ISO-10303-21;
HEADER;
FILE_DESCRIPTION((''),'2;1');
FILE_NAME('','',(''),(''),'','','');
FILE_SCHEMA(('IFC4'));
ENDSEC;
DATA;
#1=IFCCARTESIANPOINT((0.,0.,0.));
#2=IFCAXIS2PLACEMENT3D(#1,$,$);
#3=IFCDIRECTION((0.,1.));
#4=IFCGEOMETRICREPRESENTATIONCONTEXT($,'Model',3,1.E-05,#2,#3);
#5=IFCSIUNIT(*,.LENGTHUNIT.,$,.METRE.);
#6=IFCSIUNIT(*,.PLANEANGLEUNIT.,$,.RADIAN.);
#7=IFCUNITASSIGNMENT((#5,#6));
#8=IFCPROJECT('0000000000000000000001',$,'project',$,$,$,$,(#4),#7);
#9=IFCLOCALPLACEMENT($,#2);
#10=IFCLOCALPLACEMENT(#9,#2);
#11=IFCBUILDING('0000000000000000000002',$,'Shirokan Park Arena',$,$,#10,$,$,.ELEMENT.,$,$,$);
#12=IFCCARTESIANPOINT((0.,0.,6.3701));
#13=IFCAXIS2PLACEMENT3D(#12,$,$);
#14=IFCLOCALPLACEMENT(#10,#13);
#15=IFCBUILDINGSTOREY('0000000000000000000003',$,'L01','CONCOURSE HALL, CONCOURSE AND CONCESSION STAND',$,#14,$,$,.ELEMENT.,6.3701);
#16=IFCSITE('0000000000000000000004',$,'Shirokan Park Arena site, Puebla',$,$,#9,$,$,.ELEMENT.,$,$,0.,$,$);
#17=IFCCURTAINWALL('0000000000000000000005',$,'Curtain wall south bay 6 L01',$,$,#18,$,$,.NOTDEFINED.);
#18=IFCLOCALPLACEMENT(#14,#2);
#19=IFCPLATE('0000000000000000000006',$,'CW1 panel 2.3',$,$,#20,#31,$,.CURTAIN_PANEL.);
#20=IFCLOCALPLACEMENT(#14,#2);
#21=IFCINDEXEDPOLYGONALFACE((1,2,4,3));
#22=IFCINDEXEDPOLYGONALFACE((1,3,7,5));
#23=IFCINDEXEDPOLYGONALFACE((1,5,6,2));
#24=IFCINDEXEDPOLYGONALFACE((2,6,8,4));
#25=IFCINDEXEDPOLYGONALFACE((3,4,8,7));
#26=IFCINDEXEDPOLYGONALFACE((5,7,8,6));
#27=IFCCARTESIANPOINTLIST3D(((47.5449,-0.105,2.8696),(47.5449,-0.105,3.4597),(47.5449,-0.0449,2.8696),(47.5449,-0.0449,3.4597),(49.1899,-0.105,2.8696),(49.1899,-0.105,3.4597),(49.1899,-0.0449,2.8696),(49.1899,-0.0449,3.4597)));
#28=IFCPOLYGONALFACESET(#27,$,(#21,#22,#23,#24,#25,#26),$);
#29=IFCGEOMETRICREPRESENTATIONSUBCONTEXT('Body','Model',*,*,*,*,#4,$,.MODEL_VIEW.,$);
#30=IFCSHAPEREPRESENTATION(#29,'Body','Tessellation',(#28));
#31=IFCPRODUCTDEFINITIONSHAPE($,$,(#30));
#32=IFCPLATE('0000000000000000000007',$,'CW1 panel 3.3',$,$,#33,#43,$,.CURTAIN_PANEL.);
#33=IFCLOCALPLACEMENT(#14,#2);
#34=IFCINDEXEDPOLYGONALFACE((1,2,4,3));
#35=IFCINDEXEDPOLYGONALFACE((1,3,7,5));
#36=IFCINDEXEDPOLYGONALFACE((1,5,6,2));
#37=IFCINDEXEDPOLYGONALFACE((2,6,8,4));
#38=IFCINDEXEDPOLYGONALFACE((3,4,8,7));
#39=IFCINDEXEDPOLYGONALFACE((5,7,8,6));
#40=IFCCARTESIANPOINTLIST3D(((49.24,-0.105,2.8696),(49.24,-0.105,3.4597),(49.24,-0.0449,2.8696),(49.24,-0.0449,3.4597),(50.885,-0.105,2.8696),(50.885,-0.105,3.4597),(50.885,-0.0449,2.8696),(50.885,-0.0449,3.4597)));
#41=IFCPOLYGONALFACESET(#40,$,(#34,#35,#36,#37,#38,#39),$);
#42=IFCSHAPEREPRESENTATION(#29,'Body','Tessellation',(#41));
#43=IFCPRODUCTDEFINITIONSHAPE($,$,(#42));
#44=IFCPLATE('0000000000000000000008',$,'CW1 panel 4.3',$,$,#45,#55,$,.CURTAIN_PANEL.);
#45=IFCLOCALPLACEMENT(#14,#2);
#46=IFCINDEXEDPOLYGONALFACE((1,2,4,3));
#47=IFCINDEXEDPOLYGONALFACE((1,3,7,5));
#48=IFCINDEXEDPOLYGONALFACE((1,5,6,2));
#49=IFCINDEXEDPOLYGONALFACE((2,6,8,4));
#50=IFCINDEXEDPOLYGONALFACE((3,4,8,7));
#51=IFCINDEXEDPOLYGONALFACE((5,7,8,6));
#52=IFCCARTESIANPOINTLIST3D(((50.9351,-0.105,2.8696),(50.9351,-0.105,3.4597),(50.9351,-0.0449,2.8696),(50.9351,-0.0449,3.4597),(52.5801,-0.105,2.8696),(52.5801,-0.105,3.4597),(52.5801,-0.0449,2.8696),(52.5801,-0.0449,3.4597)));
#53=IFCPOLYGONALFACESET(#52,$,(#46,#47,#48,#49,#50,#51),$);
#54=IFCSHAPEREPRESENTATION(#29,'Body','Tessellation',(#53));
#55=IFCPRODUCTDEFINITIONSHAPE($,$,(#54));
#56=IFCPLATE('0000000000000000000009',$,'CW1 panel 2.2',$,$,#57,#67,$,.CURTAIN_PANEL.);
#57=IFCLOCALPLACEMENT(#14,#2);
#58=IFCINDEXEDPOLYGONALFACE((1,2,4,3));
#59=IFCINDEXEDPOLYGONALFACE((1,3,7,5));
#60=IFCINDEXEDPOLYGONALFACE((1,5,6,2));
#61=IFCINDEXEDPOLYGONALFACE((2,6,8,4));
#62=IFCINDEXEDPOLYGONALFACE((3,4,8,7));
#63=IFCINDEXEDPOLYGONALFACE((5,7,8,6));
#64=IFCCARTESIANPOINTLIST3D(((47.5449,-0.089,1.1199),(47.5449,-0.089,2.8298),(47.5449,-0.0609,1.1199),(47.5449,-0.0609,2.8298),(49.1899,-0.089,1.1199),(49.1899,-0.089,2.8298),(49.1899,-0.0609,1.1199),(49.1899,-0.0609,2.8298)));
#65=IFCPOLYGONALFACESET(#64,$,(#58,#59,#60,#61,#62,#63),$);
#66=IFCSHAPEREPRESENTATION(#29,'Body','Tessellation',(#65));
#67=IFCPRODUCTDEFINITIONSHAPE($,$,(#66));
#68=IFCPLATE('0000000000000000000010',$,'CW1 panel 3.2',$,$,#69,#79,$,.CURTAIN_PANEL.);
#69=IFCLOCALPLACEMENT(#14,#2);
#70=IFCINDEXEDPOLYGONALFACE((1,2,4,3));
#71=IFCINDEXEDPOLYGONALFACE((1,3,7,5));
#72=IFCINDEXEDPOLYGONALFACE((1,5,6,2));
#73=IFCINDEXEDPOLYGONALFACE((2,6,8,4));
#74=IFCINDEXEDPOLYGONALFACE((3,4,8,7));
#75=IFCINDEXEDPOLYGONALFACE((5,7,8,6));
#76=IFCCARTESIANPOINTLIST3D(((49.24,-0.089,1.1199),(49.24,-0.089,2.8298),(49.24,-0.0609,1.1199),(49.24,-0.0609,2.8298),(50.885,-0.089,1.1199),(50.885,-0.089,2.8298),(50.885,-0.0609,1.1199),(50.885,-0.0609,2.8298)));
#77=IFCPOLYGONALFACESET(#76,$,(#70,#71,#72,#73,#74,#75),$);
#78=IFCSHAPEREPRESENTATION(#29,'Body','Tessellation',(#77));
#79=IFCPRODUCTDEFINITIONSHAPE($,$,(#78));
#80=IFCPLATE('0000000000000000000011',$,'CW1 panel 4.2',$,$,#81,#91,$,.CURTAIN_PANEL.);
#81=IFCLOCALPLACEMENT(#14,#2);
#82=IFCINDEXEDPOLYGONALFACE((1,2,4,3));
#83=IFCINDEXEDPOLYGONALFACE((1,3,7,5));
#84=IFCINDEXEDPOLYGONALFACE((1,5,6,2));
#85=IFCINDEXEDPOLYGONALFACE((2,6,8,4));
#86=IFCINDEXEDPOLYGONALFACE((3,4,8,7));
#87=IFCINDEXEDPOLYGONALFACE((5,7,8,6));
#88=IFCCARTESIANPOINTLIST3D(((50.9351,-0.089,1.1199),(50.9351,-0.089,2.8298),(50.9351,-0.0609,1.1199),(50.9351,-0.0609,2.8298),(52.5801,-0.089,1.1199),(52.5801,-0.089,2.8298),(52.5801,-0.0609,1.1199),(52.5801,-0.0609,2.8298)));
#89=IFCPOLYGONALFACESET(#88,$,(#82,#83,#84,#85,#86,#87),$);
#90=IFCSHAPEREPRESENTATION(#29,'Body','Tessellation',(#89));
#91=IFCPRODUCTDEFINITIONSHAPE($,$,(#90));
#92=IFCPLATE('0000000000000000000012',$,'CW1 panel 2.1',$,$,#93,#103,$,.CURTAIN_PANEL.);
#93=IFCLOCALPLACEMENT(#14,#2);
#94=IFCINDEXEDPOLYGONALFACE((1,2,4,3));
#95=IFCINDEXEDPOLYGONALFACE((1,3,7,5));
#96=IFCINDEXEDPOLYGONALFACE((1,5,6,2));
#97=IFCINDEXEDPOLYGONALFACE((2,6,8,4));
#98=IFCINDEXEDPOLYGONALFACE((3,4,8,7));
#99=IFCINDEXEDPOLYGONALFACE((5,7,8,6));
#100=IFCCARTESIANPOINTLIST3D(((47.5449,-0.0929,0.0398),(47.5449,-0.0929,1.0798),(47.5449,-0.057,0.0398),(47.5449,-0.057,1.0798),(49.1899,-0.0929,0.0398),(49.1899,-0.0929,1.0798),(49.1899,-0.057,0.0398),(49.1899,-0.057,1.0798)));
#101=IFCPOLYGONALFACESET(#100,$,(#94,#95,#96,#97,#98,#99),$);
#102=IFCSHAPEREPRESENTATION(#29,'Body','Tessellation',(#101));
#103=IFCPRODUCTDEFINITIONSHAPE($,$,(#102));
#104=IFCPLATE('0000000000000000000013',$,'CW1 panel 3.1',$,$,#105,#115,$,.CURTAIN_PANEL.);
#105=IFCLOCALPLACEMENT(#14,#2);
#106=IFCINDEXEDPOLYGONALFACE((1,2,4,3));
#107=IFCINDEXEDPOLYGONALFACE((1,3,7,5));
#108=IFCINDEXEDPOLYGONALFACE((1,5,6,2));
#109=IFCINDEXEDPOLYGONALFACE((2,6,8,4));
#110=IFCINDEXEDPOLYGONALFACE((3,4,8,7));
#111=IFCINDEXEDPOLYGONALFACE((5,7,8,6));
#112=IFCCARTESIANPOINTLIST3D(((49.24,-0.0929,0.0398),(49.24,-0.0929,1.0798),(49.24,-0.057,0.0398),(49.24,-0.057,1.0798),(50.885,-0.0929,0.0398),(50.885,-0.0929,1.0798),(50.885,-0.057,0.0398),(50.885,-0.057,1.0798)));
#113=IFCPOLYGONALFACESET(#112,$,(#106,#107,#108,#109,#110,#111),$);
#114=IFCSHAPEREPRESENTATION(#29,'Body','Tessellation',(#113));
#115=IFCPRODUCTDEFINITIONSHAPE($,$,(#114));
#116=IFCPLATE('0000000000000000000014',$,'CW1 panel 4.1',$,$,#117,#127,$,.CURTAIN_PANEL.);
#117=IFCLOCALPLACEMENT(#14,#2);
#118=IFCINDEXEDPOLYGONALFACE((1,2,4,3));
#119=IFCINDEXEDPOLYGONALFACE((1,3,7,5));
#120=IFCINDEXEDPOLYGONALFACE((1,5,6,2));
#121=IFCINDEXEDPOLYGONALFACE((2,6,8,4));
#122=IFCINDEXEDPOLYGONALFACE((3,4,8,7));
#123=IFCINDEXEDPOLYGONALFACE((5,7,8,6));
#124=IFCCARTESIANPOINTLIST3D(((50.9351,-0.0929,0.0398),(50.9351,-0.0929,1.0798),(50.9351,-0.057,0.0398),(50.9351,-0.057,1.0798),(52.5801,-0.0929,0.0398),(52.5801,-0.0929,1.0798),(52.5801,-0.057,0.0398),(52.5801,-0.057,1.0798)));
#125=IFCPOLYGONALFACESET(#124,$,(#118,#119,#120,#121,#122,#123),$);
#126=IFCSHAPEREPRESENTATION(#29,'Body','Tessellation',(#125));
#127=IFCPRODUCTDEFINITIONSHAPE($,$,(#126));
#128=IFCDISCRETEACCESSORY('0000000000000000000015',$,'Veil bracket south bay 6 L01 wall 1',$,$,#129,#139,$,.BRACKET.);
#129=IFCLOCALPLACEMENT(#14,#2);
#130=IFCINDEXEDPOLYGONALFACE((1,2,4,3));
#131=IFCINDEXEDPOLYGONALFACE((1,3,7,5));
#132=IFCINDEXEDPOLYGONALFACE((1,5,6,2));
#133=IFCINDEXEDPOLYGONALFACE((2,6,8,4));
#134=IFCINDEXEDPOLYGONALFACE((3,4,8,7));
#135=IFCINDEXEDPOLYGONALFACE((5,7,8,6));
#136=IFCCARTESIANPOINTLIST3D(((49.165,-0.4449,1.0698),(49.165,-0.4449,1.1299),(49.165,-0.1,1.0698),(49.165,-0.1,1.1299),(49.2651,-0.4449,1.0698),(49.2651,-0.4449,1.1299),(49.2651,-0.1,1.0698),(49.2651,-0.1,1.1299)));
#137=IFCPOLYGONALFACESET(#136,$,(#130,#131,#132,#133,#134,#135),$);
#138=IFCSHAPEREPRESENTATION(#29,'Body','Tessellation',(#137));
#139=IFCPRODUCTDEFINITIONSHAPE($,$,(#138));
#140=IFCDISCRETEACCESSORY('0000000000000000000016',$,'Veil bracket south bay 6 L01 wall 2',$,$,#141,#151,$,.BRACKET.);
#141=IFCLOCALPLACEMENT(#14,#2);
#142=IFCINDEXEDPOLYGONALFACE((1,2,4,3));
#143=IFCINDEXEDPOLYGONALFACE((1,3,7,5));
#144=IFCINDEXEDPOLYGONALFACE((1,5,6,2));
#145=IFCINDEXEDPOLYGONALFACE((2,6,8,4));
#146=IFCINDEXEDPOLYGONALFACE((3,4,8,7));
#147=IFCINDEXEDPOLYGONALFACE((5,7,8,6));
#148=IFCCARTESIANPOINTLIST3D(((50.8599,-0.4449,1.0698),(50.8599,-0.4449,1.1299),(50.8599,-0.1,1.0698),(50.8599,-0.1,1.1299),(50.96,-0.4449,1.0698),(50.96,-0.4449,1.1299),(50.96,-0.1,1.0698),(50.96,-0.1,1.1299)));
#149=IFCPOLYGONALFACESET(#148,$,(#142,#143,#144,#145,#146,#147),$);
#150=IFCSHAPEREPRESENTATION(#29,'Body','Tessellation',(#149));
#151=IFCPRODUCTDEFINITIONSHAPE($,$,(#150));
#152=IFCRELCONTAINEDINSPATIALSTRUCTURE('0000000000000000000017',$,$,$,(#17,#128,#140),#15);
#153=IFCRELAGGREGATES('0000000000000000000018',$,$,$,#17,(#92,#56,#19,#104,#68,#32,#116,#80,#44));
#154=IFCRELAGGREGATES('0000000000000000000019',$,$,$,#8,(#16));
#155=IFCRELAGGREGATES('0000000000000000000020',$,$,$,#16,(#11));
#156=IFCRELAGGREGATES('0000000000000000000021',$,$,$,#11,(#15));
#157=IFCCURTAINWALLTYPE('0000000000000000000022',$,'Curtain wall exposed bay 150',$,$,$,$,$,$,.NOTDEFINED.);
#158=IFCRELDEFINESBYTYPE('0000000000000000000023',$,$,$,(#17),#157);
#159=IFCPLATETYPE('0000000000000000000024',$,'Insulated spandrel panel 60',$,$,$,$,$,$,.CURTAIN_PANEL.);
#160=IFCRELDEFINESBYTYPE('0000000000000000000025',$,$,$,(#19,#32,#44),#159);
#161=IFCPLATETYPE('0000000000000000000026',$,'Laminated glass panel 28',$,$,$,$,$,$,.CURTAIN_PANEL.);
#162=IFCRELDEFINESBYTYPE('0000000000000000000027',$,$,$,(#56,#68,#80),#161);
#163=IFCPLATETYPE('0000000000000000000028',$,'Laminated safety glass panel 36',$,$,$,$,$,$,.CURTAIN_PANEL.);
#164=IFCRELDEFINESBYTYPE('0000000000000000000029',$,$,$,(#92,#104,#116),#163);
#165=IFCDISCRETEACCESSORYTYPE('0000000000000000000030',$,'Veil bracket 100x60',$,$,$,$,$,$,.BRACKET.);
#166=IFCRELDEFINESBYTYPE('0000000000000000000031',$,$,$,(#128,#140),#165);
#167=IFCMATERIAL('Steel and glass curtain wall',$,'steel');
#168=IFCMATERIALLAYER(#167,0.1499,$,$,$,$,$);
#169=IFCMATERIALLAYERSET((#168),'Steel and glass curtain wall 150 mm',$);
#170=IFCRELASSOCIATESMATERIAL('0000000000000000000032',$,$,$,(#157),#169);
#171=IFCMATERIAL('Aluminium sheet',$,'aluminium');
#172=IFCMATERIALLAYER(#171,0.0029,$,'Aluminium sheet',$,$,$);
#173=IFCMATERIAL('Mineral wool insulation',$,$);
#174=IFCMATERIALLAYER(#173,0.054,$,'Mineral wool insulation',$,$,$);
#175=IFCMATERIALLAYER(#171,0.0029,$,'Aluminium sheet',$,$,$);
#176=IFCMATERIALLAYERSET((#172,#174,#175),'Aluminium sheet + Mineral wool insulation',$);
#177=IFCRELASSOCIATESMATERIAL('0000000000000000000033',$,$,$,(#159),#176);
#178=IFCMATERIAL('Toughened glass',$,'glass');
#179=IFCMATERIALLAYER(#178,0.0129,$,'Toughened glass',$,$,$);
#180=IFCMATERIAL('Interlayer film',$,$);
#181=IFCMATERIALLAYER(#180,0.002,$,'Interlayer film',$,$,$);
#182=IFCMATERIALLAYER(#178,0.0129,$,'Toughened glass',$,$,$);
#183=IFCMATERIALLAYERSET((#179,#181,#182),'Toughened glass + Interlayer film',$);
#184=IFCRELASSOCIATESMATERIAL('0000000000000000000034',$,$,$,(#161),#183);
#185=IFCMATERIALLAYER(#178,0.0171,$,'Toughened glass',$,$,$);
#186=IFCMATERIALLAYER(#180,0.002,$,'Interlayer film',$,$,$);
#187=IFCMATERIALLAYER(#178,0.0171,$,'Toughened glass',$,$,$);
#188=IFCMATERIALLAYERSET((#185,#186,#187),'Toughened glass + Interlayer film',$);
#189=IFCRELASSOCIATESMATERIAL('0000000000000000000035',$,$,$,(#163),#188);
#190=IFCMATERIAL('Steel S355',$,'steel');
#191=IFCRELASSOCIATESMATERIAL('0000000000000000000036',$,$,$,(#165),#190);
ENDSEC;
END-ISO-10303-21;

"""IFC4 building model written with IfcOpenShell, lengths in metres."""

from ifc_helpers import new_model, si_unit, direction, frame, origin, origin_2d, place, context, subcontext, project, spatial, rectangle, extrude, material, layer, layer_set, type_object, element, aggregate, save


model = new_model("IFC4")

# Units and contexts
model_context = context("Model", 3, precision=1e-05, world=origin(), true_north=direction((0.0, 1.0)))
body_context = subcontext(model_context, "Body", "Model", "MODEL_VIEW")
ifc_project = project(units=[si_unit("LENGTHUNIT", "METRE"), si_unit("PLANEANGLEUNIT", "RADIAN")], contexts=[model_context])

# Site, building, storey
site_placement = place(None, origin())
site = spatial("IfcSite", under=ifc_project, at=site_placement, Name="Shirokan Park Arena site, Puebla", CompositionType="ELEMENT", RefElevation=0.0)
building_placement = place(site_placement, origin())
building = spatial("IfcBuilding", under=site, at=building_placement, Name="Shirokan Park Arena", CompositionType="ELEMENT")
storey_placement = place(building_placement, frame((0.0, 0.0, 6.3701)))
storey = spatial("IfcBuildingStorey", under=building, at=storey_placement, Name="L01", Description="CONCOURSE HALL, CONCOURSE AND CONCESSION STAND", CompositionType="ELEMENT", Elevation=6.3701)

# Curtain wall, plates
ifc_material_1 = material(Name="Steel and glass curtain wall", Category="steel")
ifc_layer_1 = layer(ifc_material_1, 0.1499)
ifc_layer_set_1 = layer_set([ifc_layer_1], Name="Steel and glass curtain wall 150 mm")
curtain_wall_type = type_object("IfcCurtainWallType", Name="Curtain wall exposed bay 150", PredefinedType="NOTDEFINED", material=ifc_layer_set_1)
curtain_wall_placement = place(storey_placement, origin())
curtain_wall = element("IfcCurtainWall", 1, at=curtain_wall_placement, inside=storey, type_object=curtain_wall_type, Name="Curtain wall south bay 6 L01", PredefinedType="NOTDEFINED")
ifc_material_2 = material(Name="Steel S355", Category="steel")
ifc_material_3 = material(Name="Aluminium sheet", Category="aluminium")
ifc_layer_2 = layer(ifc_material_3, 0.0029, Name="Aluminium sheet")
ifc_material_4 = material(Name="Mineral wool insulation")
ifc_layer_3 = layer(ifc_material_4, 0.054, Name="Mineral wool insulation")
ifc_layer_4 = layer(ifc_material_3, 0.0029, Name="Aluminium sheet")
ifc_layer_set_2 = layer_set([ifc_layer_2, ifc_layer_3, ifc_layer_4], Name="Aluminium sheet + Mineral wool insulation")
plate_type_1 = type_object("IfcPlateType", Name="Insulated spandrel panel 60", PredefinedType="CURTAIN_PANEL", material=ifc_layer_set_2)
plate_1_placement = place(storey_placement, frame((48.3674, -0.075, 2.8696), z_axis=(0.0, 0.0, 1.0), x_axis=(1.0, 0.0, 0.0)))
plate_1 = element("IfcPlate", 2, at=plate_1_placement, type_object=plate_type_1, Name="CW1 panel 2.3", PredefinedType="CURTAIN_PANEL", context=body_context, shape_type="SweptSolid", body=[
    extrude(rectangle(XDim=1.645, YDim=0.0601, at=origin_2d()), origin(), (0.0, 0.0, 1.0), 0.5901),
])
plate_2_placement = place(storey_placement, frame((50.0625, -0.075, 2.8696), z_axis=(0.0, 0.0, 1.0), x_axis=(1.0, 0.0, 0.0)))
plate_2 = element("IfcPlate", 3, at=plate_2_placement, type_object=plate_type_1, Name="CW1 panel 3.3", PredefinedType="CURTAIN_PANEL", context=body_context, shape_type="SweptSolid", body=[
    extrude(rectangle(XDim=1.645, YDim=0.0601, at=origin_2d()), origin(), (0.0, 0.0, 1.0), 0.5901),
])
plate_3_placement = place(storey_placement, frame((51.7576, -0.075, 2.8696), z_axis=(0.0, 0.0, 1.0), x_axis=(1.0, 0.0, 0.0)))
plate_3 = element("IfcPlate", 4, at=plate_3_placement, type_object=plate_type_1, Name="CW1 panel 4.3", PredefinedType="CURTAIN_PANEL", context=body_context, shape_type="SweptSolid", body=[
    extrude(rectangle(XDim=1.645, YDim=0.0601, at=origin_2d()), origin(), (0.0, 0.0, 1.0), 0.5901),
])
ifc_material_5 = material(Name="Toughened glass", Category="glass")
ifc_layer_5 = layer(ifc_material_5, 0.0129, Name="Toughened glass")
ifc_material_6 = material(Name="Interlayer film")
ifc_layer_6 = layer(ifc_material_6, 0.002, Name="Interlayer film")
ifc_layer_7 = layer(ifc_material_5, 0.0129, Name="Toughened glass")
ifc_layer_set_3 = layer_set([ifc_layer_5, ifc_layer_6, ifc_layer_7], Name="Toughened glass + Interlayer film")
plate_type_2 = type_object("IfcPlateType", Name="Laminated glass panel 28", PredefinedType="CURTAIN_PANEL", material=ifc_layer_set_3)
plate_4_placement = place(storey_placement, frame((48.3674, -0.075, 1.1199), z_axis=(0.0, 0.0, 1.0), x_axis=(1.0, 0.0, 0.0)))
plate_4 = element("IfcPlate", 5, at=plate_4_placement, type_object=plate_type_2, Name="CW1 panel 2.2", PredefinedType="CURTAIN_PANEL", context=body_context, shape_type="SweptSolid", body=[
    extrude(rectangle(XDim=1.645, YDim=0.0281, at=origin_2d()), origin(), (0.0, 0.0, 1.0), 1.71),
])
plate_5_placement = place(storey_placement, frame((50.0625, -0.075, 1.1199), z_axis=(0.0, 0.0, 1.0), x_axis=(1.0, 0.0, 0.0)))
plate_5 = element("IfcPlate", 6, at=plate_5_placement, type_object=plate_type_2, Name="CW1 panel 3.2", PredefinedType="CURTAIN_PANEL", context=body_context, shape_type="SweptSolid", body=[
    extrude(rectangle(XDim=1.645, YDim=0.0281, at=origin_2d()), origin(), (0.0, 0.0, 1.0), 1.71),
])
plate_6_placement = place(storey_placement, frame((51.7576, -0.075, 1.1199), z_axis=(0.0, 0.0, 1.0), x_axis=(1.0, 0.0, 0.0)))
plate_6 = element("IfcPlate", 7, at=plate_6_placement, type_object=plate_type_2, Name="CW1 panel 4.2", PredefinedType="CURTAIN_PANEL", context=body_context, shape_type="SweptSolid", body=[
    extrude(rectangle(XDim=1.645, YDim=0.0281, at=origin_2d()), origin(), (0.0, 0.0, 1.0), 1.71),
])
ifc_layer_8 = layer(ifc_material_5, 0.0171, Name="Toughened glass")
ifc_layer_9 = layer(ifc_material_6, 0.002, Name="Interlayer film")
ifc_layer_10 = layer(ifc_material_5, 0.0171, Name="Toughened glass")
ifc_layer_set_4 = layer_set([ifc_layer_8, ifc_layer_9, ifc_layer_10], Name="Toughened glass + Interlayer film")
plate_type_3 = type_object("IfcPlateType", Name="Laminated safety glass panel 36", PredefinedType="CURTAIN_PANEL", material=ifc_layer_set_4)
plate_7_placement = place(storey_placement, frame((48.3674, -0.075, 0.0398), z_axis=(0.0, 0.0, 1.0), x_axis=(1.0, 0.0, 0.0)))
plate_7 = element("IfcPlate", 8, at=plate_7_placement, type_object=plate_type_3, Name="CW1 panel 2.1", PredefinedType="CURTAIN_PANEL", context=body_context, shape_type="SweptSolid", body=[
    extrude(rectangle(XDim=1.645, YDim=0.0359, at=origin_2d()), origin(), (0.0, 0.0, 1.0), 1.04),
])
plate_8_placement = place(storey_placement, frame((50.0625, -0.075, 0.0398), z_axis=(0.0, 0.0, 1.0), x_axis=(1.0, 0.0, 0.0)))
plate_8 = element("IfcPlate", 9, at=plate_8_placement, type_object=plate_type_3, Name="CW1 panel 3.1", PredefinedType="CURTAIN_PANEL", context=body_context, shape_type="SweptSolid", body=[
    extrude(rectangle(XDim=1.645, YDim=0.0359, at=origin_2d()), origin(), (0.0, 0.0, 1.0), 1.04),
])
plate_9_placement = place(storey_placement, frame((51.7576, -0.075, 0.0398), z_axis=(0.0, 0.0, 1.0), x_axis=(1.0, 0.0, 0.0)))
plate_9 = element("IfcPlate", 10, at=plate_9_placement, type_object=plate_type_3, Name="CW1 panel 4.1", PredefinedType="CURTAIN_PANEL", context=body_context, shape_type="SweptSolid", body=[
    extrude(rectangle(XDim=1.645, YDim=0.0359, at=origin_2d()), origin(), (0.0, 0.0, 1.0), 1.04),
])
aggregate(curtain_wall, [plate_7, plate_4, plate_1, plate_8, plate_5, plate_2, plate_9, plate_6, plate_3])

# Discrete accessories
discrete_accessory_type = type_object("IfcDiscreteAccessoryType", Name="Veil bracket 100x60", PredefinedType="BRACKET", material=ifc_material_2)
for number, where, z_axis, x_axis, name in (
    (11, (49.2151, -0.2725, 1.0698), (0.0, 0.0, 1.0), (1.0, 0.0, 0.0), "Veil bracket south bay 6 L01 wall 1"),
    (12, (50.9099, -0.2725, 1.0698), (0.0, 0.0, 1.0), (1.0, 0.0, 0.0), "Veil bracket south bay 6 L01 wall 2"),
):
    element("IfcDiscreteAccessory", number, at=place(storey_placement, frame(where, z_axis=z_axis, x_axis=x_axis)), inside=storey, type_object=discrete_accessory_type, Name=name, PredefinedType="BRACKET", context=body_context, shape_type="SweptSolid", body=[
        extrude(rectangle(XDim=0.1001, YDim=0.345, at=origin_2d()), origin(), (0.0, 0.0, 1.0), 0.0601),
    ])

save(model, "model.ifc")
